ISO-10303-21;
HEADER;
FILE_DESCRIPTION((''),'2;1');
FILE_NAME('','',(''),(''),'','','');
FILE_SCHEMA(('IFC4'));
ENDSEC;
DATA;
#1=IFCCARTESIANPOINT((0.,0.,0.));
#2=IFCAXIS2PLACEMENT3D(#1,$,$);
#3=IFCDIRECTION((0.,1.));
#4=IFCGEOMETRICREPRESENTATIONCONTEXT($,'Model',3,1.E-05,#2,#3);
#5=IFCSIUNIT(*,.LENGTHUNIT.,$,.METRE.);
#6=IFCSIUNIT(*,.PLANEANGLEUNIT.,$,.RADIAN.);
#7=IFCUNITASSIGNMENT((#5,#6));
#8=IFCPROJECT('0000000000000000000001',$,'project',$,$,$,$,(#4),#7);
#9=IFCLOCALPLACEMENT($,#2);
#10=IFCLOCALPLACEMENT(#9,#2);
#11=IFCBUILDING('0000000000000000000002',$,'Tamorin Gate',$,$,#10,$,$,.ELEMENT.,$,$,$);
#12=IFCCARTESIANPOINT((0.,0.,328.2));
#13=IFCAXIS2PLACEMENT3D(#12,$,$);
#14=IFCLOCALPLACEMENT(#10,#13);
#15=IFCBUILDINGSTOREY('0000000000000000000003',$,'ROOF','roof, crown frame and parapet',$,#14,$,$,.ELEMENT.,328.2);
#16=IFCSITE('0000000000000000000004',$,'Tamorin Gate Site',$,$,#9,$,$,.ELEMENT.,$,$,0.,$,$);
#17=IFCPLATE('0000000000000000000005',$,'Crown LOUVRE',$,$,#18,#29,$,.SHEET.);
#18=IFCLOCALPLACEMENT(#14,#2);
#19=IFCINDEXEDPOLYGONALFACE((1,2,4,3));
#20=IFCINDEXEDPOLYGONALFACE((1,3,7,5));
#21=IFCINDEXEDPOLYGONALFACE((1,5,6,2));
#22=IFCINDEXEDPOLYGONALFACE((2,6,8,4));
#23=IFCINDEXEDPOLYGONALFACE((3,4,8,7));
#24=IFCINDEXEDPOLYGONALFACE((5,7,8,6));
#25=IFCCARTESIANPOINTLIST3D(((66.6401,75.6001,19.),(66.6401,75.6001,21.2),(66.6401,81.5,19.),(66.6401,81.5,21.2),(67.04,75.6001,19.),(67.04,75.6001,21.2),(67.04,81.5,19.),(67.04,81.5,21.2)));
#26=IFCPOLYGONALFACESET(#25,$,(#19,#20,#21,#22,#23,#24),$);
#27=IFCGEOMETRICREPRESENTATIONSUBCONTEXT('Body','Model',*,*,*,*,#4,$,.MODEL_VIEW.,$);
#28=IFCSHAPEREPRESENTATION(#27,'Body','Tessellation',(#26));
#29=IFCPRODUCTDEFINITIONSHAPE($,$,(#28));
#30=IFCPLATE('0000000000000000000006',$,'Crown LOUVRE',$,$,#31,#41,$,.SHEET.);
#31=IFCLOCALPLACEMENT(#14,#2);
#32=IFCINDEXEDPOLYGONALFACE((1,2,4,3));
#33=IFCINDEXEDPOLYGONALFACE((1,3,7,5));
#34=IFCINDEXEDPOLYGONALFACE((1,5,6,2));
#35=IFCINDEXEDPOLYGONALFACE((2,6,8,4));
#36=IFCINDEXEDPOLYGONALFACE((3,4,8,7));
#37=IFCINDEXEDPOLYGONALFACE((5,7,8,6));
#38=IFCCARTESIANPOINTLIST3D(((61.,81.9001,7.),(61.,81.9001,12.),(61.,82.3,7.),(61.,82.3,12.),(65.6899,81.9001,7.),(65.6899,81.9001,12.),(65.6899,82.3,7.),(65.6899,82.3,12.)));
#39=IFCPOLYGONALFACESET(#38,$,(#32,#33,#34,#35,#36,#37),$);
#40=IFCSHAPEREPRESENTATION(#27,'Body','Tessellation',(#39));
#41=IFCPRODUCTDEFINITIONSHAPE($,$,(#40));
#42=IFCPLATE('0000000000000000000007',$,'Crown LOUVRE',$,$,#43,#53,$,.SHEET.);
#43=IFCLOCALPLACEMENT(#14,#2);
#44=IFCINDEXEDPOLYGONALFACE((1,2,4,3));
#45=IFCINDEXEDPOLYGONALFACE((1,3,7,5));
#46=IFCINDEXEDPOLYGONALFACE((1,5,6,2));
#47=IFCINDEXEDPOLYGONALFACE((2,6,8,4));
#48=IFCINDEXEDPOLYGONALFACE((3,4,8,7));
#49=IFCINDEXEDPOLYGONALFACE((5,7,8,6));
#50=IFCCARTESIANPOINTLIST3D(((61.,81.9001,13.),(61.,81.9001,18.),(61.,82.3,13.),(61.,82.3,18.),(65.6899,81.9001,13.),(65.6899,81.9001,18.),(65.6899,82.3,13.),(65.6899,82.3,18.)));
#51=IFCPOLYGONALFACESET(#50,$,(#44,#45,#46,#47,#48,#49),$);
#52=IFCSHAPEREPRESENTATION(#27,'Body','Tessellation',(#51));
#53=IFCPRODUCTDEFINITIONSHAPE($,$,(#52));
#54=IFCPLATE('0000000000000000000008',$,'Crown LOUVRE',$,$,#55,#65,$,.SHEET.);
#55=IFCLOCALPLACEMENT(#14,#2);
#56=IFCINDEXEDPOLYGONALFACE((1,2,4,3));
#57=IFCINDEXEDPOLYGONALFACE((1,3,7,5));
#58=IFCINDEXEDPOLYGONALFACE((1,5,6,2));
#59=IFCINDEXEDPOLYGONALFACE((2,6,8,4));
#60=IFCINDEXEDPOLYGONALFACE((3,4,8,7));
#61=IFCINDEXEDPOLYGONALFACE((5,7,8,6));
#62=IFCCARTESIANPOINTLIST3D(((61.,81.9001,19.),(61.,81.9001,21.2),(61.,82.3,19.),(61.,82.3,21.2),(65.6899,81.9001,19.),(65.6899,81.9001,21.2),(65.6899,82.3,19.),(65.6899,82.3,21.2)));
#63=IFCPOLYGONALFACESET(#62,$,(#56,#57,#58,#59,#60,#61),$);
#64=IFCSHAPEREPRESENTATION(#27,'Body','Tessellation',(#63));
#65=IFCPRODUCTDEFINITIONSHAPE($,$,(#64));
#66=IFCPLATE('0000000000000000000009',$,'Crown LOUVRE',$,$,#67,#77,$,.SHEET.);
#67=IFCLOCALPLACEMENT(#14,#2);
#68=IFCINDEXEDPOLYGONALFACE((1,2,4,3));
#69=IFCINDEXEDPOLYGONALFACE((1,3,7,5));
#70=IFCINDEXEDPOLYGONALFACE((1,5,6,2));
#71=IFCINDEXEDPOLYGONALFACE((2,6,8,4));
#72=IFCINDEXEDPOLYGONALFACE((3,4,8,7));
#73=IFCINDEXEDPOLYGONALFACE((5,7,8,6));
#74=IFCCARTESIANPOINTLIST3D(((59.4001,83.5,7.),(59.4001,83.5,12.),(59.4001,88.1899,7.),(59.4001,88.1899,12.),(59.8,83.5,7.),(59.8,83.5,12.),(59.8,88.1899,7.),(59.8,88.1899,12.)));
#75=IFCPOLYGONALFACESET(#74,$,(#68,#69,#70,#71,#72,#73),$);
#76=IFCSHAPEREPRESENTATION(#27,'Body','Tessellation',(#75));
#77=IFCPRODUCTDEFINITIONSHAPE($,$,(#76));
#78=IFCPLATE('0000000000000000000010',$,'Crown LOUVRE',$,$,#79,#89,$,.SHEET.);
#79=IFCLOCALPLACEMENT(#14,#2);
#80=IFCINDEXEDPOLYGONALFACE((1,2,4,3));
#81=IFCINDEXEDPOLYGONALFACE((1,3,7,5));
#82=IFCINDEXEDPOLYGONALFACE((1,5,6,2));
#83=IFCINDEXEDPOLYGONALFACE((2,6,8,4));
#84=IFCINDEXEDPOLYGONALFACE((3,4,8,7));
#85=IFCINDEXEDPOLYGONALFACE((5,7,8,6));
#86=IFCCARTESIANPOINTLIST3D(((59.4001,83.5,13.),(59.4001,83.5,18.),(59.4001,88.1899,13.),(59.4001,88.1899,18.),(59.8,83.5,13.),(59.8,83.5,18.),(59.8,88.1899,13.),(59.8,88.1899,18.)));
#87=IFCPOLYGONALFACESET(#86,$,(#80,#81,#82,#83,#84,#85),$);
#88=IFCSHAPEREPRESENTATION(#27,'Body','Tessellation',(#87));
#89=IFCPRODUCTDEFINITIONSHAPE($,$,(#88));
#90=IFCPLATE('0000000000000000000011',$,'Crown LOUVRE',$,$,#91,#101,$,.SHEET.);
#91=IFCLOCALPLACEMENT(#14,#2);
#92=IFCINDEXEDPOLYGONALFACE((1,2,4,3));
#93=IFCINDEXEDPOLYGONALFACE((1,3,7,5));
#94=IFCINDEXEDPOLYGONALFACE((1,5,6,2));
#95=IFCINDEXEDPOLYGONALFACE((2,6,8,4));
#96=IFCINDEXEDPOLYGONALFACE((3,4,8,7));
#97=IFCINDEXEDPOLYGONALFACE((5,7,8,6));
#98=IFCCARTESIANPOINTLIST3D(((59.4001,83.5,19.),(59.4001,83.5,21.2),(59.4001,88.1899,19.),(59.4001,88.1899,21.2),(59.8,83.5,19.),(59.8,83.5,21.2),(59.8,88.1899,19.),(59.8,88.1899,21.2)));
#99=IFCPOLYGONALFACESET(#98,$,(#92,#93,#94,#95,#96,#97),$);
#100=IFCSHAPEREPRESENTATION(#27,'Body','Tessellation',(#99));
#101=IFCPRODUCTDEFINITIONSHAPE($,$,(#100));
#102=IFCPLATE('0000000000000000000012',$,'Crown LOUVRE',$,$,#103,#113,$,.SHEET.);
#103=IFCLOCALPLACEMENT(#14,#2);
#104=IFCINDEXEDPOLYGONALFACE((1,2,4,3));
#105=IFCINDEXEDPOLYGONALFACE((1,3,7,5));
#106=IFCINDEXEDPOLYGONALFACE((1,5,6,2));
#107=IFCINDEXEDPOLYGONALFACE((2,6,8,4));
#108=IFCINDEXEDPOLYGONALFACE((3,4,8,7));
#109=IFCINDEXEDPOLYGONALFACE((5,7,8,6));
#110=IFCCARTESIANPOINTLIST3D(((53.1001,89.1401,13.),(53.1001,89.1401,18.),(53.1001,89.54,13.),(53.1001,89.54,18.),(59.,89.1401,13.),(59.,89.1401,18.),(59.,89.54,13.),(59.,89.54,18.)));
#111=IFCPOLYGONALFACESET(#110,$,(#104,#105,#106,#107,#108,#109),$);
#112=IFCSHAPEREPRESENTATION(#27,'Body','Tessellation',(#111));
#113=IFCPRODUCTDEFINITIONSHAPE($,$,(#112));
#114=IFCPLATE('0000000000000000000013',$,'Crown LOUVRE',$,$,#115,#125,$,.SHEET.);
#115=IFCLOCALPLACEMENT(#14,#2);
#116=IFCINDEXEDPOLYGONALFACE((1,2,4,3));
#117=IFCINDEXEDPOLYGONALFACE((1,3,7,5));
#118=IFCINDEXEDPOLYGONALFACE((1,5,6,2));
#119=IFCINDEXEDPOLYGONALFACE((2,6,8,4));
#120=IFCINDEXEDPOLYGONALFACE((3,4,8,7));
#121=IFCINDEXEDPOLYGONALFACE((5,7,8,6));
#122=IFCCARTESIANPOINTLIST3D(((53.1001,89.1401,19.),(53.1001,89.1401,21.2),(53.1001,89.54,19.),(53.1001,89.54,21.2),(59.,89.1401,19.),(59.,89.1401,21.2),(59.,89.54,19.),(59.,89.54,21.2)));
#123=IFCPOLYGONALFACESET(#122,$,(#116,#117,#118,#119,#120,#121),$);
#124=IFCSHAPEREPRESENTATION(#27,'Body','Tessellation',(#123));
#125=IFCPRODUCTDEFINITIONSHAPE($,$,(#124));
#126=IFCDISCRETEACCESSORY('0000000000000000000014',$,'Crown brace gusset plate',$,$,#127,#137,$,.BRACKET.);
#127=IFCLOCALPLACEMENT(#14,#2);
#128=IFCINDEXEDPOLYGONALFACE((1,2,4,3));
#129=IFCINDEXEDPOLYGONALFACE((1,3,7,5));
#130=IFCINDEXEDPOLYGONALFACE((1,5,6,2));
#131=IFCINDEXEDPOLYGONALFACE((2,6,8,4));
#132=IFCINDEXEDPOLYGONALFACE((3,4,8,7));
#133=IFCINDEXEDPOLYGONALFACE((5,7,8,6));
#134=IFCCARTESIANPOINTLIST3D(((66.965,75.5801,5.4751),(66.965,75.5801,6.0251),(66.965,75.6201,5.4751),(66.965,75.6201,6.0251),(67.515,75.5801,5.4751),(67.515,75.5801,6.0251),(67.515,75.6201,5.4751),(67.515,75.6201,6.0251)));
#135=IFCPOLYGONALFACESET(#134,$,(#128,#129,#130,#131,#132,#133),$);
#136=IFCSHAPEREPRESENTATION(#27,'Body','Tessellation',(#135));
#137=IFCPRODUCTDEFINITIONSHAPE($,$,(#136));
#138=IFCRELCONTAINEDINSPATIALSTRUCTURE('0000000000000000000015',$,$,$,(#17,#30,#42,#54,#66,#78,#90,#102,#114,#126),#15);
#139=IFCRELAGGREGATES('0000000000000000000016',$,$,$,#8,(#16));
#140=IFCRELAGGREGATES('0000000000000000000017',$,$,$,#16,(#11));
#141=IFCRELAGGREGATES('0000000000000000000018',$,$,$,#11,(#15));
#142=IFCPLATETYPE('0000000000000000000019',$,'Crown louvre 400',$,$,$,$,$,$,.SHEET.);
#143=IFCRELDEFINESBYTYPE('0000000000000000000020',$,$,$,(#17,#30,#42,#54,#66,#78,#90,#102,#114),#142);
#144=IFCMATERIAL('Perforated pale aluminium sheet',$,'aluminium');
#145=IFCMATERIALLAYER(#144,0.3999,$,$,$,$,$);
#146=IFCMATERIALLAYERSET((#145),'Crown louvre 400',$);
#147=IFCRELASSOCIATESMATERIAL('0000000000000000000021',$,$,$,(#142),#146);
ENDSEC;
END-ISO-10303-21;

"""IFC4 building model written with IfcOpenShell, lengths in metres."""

from ifc_helpers import new_model, si_unit, direction, frame, origin, origin_2d, place, context, subcontext, project, spatial, rectangle, extrude, material, layer, layer_set, type_object, element, save


model = new_model("IFC4")

# Units and contexts
model_context = context("Model", 3, precision=1e-05, world=origin(), true_north=direction((0.0, 1.0)))
body_context = subcontext(model_context, "Body", "Model", "MODEL_VIEW")
ifc_project = project(units=[si_unit("LENGTHUNIT", "METRE"), si_unit("PLANEANGLEUNIT", "RADIAN")], contexts=[model_context])

# Site, building, storey
site_placement = place(None, origin())
site = spatial("IfcSite", under=ifc_project, at=site_placement, Name="Tamorin Gate Site", CompositionType="ELEMENT", RefElevation=0.0)
building_placement = place(site_placement, origin())
building = spatial("IfcBuilding", under=site, at=building_placement, Name="Tamorin Gate", CompositionType="ELEMENT")
storey_placement = place(building_placement, frame((0.0, 0.0, 328.2)))
storey = spatial("IfcBuildingStorey", under=building, at=storey_placement, Name="ROOF", Description="roof, crown frame and parapet", CompositionType="ELEMENT", Elevation=328.2)

# Plates
ifc_material_1 = material(Name="Perforated pale aluminium sheet", Category="aluminium")
ifc_layer = layer(ifc_material_1, 0.3999)
ifc_layer_set = layer_set([ifc_layer], Name="Crown louvre 400")
plate_type = type_object("IfcPlateType", Name="Crown louvre 400", PredefinedType="SHEET", material=ifc_layer_set)
plate_1_placement = place(storey_placement, frame((66.8401, 78.55, 19.0), z_axis=(0.0, 0.0, 1.0), x_axis=(0.0, 1.0, 0.0)))
element("IfcPlate", 1, at=plate_1_placement, inside=storey, type_object=plate_type, Name="Crown LOUVRE", PredefinedType="SHEET", context=body_context, shape_type="SweptSolid", body=[
    extrude(rectangle(XDim=5.8999, YDim=0.3999, at=origin_2d()), origin(), (0.0, 0.0, 1.0), 2.2),
])
for number, where, z_axis, x_axis, name in (
    (2, (63.345, 82.1001, 7.0), (0.0, 0.0, 1.0), (1.0, 0.0, 0.0), "Crown LOUVRE"),
    (3, (63.345, 82.1001, 13.0), (0.0, 0.0, 1.0), (1.0, 0.0, 0.0), "Crown LOUVRE"),
):
    element("IfcPlate", number, at=place(storey_placement, frame(where, z_axis=z_axis, x_axis=x_axis)), inside=storey, type_object=plate_type, Name=name, PredefinedType="SHEET", context=body_context, shape_type="SweptSolid", body=[
        extrude(rectangle(XDim=4.6899, YDim=0.3999, at=origin_2d()), origin(), (0.0, 0.0, 1.0), 5.0),
    ])
plate_2_placement = place(storey_placement, frame((63.345, 82.1001, 19.0), z_axis=(0.0, 0.0, 1.0), x_axis=(1.0, 0.0, 0.0)))
element("IfcPlate", 4, at=plate_2_placement, inside=storey, type_object=plate_type, Name="Crown LOUVRE", PredefinedType="SHEET", context=body_context, shape_type="SweptSolid", body=[
    extrude(rectangle(XDim=4.6899, YDim=0.3999, at=origin_2d()), origin(), (0.0, 0.0, 1.0), 2.2),
])
for number, where, z_axis, x_axis, name in (
    (5, (59.6001, 85.845, 7.0), (0.0, 0.0, 1.0), (0.0, 1.0, 0.0), "Crown LOUVRE"),
    (6, (59.6001, 85.845, 13.0), (0.0, 0.0, 1.0), (0.0, 1.0, 0.0), "Crown LOUVRE"),
):
    element("IfcPlate", number, at=place(storey_placement, frame(where, z_axis=z_axis, x_axis=x_axis)), inside=storey, type_object=plate_type, Name=name, PredefinedType="SHEET", context=body_context, shape_type="SweptSolid", body=[
        extrude(rectangle(XDim=4.6899, YDim=0.3999, at=origin_2d()), origin(), (0.0, 0.0, 1.0), 5.0),
    ])
plate_3_placement = place(storey_placement, frame((59.6001, 85.845, 19.0), z_axis=(0.0, 0.0, 1.0), x_axis=(0.0, 1.0, 0.0)))
element("IfcPlate", 7, at=plate_3_placement, inside=storey, type_object=plate_type, Name="Crown LOUVRE", PredefinedType="SHEET", context=body_context, shape_type="SweptSolid", body=[
    extrude(rectangle(XDim=4.6899, YDim=0.3999, at=origin_2d()), origin(), (0.0, 0.0, 1.0), 2.2),
])
plate_4_placement = place(storey_placement, frame((56.05, 89.3401, 13.0), z_axis=(0.0, 0.0, 1.0), x_axis=(1.0, 0.0, 0.0)))
element("IfcPlate", 8, at=plate_4_placement, inside=storey, type_object=plate_type, Name="Crown LOUVRE", PredefinedType="SHEET", context=body_context, shape_type="SweptSolid", body=[
    extrude(rectangle(XDim=5.8999, YDim=0.3999, at=origin_2d()), origin(), (0.0, 0.0, 1.0), 5.0),
])
plate_5_placement = place(storey_placement, frame((56.05, 89.3401, 19.0), z_axis=(0.0, 0.0, 1.0), x_axis=(1.0, 0.0, 0.0)))
element("IfcPlate", 9, at=plate_5_placement, inside=storey, type_object=plate_type, Name="Crown LOUVRE", PredefinedType="SHEET", context=body_context, shape_type="SweptSolid", body=[
    extrude(rectangle(XDim=5.8999, YDim=0.3999, at=origin_2d()), origin(), (0.0, 0.0, 1.0), 2.2),
])

# Discrete accessory
discrete_accessory_placement = place(storey_placement, frame((67.24, 75.6001, 5.4751), z_axis=(0.0, 0.0, 1.0), x_axis=(0.0, 1.0, 0.0)))
element("IfcDiscreteAccessory", 10, at=discrete_accessory_placement, inside=storey, Name="Crown brace gusset plate", PredefinedType="BRACKET", context=body_context, shape_type="SweptSolid", body=[
    extrude(rectangle(XDim=0.04, YDim=0.55, at=origin_2d()), origin(), (0.0, 0.0, 1.0), 0.55),
])

save(model, "model.ifc")
